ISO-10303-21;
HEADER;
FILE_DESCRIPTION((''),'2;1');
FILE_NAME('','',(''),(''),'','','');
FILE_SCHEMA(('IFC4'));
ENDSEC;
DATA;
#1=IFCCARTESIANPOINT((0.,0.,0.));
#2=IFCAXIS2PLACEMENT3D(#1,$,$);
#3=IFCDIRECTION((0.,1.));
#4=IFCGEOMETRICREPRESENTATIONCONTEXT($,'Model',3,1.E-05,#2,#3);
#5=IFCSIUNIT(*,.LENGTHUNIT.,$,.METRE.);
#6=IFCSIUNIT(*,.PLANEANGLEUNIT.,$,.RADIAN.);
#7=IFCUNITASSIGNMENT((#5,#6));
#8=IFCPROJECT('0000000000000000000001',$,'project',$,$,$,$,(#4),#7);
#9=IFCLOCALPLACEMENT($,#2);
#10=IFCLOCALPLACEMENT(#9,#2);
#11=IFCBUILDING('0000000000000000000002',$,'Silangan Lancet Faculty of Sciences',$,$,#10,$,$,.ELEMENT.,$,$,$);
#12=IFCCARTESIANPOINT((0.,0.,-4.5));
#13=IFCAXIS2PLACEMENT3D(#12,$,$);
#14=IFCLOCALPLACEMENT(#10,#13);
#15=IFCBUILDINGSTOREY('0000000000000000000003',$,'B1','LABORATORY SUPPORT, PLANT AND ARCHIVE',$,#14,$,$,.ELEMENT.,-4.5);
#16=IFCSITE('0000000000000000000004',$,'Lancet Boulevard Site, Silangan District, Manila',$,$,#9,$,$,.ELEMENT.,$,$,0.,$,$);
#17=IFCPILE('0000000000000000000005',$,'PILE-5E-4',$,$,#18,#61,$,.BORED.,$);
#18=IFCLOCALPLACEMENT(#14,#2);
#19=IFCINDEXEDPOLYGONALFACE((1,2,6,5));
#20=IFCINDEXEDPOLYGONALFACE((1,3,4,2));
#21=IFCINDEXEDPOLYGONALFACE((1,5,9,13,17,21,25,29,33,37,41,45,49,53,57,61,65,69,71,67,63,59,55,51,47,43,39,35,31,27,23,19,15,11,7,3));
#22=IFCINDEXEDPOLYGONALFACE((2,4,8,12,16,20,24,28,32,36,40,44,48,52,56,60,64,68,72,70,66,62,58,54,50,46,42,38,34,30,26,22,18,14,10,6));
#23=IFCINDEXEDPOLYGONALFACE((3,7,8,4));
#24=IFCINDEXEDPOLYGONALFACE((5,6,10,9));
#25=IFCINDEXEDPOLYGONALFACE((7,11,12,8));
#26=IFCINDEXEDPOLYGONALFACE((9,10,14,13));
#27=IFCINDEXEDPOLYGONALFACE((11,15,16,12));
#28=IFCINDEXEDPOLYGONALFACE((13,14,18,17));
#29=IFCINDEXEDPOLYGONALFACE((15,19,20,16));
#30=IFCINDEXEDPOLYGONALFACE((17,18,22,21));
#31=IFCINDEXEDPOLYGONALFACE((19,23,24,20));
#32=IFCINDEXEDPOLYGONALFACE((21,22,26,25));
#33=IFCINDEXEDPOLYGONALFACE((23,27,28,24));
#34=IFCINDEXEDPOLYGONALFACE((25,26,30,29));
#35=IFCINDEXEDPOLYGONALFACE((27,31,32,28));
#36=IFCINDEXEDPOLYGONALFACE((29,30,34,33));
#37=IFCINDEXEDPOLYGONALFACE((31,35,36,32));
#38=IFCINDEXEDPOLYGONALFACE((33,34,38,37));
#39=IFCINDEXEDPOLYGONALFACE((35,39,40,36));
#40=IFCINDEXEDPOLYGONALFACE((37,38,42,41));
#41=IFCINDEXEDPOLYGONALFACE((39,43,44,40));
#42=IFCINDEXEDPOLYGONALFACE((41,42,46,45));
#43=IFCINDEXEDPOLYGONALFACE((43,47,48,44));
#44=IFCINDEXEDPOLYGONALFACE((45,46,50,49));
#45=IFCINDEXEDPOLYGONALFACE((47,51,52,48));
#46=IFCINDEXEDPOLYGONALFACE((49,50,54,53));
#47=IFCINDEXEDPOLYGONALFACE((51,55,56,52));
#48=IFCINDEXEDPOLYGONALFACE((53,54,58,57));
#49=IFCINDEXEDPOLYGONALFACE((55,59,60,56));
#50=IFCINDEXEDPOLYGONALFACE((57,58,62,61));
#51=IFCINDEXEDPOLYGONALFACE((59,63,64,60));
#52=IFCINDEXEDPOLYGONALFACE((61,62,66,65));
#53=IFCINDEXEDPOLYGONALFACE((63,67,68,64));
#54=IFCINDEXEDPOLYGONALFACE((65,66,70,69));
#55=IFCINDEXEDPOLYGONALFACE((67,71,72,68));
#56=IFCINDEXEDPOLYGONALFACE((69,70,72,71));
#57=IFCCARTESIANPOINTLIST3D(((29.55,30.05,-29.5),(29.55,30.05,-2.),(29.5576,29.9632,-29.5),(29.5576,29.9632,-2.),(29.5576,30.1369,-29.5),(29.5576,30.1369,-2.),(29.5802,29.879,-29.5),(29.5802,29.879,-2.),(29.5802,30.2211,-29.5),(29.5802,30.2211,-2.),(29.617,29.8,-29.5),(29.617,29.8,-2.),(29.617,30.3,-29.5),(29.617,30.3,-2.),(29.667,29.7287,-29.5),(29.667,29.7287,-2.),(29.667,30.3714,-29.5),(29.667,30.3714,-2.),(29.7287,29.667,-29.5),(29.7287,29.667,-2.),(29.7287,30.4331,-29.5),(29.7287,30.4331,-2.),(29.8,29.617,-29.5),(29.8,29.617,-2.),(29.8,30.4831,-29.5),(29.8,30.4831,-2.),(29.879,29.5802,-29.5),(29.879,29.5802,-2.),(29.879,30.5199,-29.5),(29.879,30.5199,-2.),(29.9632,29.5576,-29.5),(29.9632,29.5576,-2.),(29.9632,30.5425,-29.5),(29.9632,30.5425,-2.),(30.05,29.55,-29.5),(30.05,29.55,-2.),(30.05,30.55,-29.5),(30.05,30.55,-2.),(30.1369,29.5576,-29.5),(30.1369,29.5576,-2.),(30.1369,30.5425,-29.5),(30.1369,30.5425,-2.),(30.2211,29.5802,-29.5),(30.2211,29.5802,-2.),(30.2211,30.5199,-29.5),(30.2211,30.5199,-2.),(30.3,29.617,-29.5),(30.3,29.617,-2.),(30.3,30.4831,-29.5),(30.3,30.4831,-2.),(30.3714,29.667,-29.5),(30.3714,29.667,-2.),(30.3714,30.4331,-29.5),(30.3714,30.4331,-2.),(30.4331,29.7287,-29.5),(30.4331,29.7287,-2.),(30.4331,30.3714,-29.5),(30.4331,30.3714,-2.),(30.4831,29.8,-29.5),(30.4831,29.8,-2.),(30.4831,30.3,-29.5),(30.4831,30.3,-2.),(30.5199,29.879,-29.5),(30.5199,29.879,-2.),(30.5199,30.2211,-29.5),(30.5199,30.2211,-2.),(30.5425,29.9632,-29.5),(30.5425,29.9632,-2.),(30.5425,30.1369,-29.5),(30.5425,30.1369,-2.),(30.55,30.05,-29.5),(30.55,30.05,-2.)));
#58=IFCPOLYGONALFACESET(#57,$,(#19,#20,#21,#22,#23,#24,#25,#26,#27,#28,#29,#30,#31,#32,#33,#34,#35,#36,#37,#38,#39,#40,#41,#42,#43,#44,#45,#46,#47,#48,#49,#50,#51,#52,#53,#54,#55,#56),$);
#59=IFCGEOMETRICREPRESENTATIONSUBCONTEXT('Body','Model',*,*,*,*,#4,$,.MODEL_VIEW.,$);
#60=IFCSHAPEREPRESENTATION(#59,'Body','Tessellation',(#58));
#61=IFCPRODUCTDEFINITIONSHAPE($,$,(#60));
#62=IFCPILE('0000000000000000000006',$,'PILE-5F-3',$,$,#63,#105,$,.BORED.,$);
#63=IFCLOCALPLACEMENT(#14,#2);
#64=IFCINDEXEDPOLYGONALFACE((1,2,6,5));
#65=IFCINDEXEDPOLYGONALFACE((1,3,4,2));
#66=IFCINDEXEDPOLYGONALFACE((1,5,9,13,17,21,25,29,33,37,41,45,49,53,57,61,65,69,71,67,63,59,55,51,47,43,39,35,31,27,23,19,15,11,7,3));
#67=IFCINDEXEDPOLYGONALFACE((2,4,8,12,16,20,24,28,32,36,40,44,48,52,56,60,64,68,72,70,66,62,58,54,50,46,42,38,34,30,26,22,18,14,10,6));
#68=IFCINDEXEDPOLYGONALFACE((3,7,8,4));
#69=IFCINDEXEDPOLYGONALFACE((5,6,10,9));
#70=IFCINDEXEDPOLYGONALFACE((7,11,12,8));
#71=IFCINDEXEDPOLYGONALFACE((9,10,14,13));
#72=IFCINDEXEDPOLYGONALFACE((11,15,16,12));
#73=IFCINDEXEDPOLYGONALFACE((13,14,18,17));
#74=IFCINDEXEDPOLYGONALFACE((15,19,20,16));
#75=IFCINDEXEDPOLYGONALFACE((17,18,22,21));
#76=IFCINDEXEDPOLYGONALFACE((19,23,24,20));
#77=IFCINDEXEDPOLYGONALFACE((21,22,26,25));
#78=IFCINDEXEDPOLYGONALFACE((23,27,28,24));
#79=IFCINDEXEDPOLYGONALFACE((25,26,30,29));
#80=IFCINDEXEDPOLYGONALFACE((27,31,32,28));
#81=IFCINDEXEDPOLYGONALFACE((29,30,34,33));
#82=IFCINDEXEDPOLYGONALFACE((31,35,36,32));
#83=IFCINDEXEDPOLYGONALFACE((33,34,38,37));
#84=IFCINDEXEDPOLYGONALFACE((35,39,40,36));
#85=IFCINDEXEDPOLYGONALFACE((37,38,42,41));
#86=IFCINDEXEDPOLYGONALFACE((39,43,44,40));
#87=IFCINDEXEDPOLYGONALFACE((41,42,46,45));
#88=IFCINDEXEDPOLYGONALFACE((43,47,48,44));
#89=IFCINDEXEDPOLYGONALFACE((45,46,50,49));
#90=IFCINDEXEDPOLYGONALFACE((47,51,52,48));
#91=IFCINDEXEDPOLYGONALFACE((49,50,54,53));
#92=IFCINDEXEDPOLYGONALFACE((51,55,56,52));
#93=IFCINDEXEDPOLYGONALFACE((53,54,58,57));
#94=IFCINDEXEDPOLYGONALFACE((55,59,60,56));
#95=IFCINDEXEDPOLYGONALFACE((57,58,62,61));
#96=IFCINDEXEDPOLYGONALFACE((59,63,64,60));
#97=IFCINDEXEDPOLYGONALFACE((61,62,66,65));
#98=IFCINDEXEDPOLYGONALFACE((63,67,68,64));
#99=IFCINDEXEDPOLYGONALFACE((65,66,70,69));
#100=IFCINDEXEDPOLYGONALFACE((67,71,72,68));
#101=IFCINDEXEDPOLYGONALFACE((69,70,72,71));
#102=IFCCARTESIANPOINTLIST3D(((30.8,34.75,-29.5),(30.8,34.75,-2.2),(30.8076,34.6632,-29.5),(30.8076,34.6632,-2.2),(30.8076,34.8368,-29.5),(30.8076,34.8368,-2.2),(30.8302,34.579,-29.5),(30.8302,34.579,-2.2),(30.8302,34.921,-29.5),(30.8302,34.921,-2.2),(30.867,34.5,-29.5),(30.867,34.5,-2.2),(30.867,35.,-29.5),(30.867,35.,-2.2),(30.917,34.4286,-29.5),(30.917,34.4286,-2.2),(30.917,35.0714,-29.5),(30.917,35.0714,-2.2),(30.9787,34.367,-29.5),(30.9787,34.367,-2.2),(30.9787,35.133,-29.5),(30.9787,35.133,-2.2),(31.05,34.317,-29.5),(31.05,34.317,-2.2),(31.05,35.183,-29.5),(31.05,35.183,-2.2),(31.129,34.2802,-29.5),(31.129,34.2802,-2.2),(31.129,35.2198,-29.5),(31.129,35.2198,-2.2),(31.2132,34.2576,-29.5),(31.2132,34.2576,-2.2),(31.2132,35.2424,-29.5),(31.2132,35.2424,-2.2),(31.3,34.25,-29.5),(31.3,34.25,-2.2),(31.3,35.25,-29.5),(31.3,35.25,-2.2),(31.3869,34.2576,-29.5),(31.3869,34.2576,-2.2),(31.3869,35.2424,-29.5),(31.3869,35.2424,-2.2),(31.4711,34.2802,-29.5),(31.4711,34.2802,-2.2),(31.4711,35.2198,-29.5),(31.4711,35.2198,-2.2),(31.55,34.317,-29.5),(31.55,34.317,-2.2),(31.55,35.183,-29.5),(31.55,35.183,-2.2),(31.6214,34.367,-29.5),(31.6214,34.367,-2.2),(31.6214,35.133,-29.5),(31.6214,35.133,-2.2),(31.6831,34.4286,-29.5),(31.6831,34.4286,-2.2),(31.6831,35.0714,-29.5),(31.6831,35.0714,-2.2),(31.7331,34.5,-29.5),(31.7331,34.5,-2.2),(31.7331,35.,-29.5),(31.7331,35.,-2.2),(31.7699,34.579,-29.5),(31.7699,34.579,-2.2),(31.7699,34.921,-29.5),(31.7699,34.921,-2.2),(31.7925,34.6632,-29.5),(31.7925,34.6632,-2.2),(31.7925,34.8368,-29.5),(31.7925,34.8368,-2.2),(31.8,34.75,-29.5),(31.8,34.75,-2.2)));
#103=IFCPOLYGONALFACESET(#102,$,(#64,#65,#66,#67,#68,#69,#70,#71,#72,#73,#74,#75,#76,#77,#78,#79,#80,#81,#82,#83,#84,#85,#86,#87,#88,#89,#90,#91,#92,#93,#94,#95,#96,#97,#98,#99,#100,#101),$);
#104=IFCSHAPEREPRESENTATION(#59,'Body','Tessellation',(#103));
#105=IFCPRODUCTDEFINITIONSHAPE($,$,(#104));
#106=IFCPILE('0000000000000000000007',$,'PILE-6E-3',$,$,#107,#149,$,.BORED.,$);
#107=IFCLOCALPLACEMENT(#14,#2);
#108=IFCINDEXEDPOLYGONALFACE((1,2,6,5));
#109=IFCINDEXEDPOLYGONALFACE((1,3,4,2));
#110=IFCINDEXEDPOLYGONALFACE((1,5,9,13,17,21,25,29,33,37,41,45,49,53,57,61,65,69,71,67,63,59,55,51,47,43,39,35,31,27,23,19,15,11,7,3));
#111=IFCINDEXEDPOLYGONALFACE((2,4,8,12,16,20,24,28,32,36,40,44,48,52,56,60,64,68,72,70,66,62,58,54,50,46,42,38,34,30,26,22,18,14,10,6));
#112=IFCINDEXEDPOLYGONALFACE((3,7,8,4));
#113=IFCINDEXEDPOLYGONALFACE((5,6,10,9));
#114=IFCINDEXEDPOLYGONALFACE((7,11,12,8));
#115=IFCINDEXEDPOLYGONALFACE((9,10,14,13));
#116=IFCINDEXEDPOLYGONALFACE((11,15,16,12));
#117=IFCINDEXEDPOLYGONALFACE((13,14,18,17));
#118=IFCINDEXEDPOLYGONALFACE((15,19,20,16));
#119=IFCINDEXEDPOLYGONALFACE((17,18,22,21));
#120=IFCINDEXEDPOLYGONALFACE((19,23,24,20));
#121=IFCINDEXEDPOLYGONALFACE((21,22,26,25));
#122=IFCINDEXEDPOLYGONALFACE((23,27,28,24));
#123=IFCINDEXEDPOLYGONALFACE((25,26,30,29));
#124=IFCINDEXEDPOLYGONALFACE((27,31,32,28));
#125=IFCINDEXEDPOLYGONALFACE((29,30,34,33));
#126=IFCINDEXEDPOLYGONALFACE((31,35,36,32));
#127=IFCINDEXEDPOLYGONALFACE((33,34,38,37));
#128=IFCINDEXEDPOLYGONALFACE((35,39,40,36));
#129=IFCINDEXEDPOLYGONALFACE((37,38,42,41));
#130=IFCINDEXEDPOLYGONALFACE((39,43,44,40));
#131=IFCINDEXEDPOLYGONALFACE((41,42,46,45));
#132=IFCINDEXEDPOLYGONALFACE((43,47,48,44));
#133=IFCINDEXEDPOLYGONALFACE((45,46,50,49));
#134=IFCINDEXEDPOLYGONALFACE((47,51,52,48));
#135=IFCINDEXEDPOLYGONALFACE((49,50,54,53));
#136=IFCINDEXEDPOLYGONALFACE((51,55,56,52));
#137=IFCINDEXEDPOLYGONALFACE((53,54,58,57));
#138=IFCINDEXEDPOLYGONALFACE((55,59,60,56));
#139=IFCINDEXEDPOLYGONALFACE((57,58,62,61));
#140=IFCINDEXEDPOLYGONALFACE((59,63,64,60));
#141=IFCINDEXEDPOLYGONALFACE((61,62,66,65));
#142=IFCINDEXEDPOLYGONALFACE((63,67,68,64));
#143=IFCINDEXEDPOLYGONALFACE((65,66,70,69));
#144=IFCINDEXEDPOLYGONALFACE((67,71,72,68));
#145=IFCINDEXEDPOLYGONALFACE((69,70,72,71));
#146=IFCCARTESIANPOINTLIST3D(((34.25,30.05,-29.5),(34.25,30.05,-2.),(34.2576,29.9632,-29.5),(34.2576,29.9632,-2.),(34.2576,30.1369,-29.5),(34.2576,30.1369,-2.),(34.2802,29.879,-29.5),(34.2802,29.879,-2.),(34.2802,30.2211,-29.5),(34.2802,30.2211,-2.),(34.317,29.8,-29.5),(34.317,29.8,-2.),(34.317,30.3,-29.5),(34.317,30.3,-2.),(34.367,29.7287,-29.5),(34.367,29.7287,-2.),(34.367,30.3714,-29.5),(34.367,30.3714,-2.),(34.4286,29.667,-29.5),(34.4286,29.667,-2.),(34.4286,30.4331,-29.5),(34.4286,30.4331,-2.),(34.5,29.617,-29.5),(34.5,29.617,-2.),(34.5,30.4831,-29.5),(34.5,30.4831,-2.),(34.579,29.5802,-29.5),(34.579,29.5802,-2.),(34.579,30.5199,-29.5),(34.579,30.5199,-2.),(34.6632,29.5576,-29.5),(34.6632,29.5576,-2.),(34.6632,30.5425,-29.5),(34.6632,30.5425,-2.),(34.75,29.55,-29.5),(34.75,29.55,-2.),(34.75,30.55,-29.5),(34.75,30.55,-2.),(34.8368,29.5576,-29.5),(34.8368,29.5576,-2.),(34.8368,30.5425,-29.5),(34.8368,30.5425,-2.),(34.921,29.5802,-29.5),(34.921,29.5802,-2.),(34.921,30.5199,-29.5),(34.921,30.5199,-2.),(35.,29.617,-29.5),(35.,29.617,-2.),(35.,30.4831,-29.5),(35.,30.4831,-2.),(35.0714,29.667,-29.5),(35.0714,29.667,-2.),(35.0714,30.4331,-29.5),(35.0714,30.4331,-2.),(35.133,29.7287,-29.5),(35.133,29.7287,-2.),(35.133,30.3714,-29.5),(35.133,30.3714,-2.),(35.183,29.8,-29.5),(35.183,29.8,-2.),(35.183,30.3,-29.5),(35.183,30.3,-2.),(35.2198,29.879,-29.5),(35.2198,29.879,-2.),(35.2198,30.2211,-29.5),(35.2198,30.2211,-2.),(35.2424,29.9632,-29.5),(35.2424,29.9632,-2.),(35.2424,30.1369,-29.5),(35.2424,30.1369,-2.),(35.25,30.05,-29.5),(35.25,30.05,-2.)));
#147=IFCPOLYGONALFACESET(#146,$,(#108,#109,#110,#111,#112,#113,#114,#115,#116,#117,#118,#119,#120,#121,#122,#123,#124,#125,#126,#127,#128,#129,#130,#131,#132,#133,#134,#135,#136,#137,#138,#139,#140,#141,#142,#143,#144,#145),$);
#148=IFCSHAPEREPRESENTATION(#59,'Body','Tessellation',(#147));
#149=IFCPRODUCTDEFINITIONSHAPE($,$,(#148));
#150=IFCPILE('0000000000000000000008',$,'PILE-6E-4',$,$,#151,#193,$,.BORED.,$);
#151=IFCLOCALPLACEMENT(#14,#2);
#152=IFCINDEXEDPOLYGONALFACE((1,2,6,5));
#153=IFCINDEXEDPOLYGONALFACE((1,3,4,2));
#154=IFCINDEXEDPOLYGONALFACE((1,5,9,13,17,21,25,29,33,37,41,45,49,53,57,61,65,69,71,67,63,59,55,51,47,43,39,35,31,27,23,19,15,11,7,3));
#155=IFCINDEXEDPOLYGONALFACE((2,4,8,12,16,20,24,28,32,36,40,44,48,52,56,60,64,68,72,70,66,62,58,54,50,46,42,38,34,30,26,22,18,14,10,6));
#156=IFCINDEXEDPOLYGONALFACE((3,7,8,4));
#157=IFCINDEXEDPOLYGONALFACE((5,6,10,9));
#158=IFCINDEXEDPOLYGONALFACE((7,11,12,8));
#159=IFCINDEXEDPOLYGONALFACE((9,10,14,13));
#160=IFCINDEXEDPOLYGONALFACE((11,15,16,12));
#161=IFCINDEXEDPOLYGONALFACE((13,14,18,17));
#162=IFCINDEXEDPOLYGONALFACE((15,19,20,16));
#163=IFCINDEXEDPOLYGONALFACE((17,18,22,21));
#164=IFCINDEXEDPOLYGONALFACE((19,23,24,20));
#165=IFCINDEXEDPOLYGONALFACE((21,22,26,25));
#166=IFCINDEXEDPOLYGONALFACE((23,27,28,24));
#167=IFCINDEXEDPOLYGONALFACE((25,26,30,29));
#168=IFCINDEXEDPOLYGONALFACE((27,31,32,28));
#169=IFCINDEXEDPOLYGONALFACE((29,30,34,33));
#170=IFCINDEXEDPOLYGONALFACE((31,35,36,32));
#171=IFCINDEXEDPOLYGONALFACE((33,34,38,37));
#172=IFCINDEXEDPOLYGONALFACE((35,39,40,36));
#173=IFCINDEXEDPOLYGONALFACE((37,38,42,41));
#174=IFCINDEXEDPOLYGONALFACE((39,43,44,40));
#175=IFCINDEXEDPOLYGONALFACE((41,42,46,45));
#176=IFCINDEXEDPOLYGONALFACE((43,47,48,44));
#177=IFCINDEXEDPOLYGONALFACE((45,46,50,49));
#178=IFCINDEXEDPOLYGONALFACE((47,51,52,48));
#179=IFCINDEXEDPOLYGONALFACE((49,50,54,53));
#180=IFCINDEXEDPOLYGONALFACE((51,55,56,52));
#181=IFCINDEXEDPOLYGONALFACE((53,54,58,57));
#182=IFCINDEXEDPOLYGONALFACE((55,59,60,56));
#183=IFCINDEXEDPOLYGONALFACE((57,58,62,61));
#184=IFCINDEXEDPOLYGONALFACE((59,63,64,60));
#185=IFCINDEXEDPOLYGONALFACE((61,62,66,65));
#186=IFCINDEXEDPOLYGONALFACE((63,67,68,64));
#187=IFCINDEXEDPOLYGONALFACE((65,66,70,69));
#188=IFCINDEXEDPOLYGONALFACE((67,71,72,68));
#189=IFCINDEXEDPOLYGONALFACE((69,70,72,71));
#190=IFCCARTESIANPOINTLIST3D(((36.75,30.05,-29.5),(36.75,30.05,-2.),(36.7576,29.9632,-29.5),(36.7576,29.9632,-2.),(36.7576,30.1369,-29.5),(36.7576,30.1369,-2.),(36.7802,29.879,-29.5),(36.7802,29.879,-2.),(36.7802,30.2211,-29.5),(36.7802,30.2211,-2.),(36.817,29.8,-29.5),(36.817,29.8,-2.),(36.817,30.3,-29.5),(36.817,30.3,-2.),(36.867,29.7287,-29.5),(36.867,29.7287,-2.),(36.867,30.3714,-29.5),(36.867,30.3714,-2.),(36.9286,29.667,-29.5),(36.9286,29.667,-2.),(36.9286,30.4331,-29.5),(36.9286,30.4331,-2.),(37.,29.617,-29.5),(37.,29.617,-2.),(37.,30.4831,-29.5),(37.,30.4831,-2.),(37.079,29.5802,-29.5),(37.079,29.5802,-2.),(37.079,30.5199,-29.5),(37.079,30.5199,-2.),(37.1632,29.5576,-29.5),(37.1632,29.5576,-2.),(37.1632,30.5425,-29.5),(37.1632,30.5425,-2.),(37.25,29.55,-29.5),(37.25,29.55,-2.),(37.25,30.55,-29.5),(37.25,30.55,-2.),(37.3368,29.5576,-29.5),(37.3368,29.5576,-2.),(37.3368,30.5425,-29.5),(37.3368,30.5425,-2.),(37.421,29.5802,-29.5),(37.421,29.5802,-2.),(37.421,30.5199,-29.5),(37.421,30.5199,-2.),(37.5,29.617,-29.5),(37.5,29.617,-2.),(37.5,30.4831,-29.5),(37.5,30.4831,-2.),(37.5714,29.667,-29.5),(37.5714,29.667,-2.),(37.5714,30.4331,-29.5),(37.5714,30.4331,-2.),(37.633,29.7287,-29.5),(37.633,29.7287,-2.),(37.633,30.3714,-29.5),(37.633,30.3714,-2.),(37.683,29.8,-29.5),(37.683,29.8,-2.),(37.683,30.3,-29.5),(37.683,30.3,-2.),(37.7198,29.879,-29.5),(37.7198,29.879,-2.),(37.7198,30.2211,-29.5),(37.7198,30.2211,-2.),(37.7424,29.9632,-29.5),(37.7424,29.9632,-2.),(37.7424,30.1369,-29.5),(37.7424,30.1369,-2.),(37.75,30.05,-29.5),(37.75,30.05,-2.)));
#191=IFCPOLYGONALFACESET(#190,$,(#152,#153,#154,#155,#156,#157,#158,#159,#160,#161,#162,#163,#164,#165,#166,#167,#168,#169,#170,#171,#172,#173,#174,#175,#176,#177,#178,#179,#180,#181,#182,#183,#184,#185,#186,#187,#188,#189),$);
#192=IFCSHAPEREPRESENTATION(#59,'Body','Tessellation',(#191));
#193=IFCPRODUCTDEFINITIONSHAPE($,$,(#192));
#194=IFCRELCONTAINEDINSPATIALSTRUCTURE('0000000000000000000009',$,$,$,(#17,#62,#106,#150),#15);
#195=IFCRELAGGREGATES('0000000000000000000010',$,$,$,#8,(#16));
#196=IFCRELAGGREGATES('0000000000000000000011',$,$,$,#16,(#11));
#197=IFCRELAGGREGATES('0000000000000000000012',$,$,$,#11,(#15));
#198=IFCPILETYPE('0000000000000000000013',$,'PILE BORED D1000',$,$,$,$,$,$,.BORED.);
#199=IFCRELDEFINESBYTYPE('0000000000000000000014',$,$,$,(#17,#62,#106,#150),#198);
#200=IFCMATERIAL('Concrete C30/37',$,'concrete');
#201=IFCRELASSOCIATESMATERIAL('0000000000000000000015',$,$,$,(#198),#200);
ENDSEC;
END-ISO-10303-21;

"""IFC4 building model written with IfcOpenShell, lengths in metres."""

from ifc_helpers import new_model, si_unit, direction, frame, origin, origin_2d, place, context, subcontext, project, spatial, circle, extrude, material, material_profile, profile_set, type_object, element, save


model = new_model("IFC4")

# Units and contexts
model_context = context("Model", 3, precision=1e-05, world=origin(), true_north=direction((0.0, 1.0)))
body_context = subcontext(model_context, "Body", "Model", "MODEL_VIEW")
ifc_project = project(units=[si_unit("LENGTHUNIT", "METRE"), si_unit("PLANEANGLEUNIT", "RADIAN")], contexts=[model_context])

# Site, building, storey
site_placement = place(None, origin())
site = spatial("IfcSite", under=ifc_project, at=site_placement, Name="Lancet Boulevard Site, Silangan District, Manila", CompositionType="ELEMENT", RefElevation=0.0)
building_placement = place(site_placement, origin())
building = spatial("IfcBuilding", under=site, at=building_placement, Name="Silangan Lancet Faculty of Sciences", CompositionType="ELEMENT")
storey_placement = place(building_placement, frame((0.0, 0.0, -4.5)))
storey = spatial("IfcBuildingStorey", under=building, at=storey_placement, Name="B1", Description="LABORATORY SUPPORT, PLANT AND ARCHIVE", CompositionType="ELEMENT", Elevation=-4.5)

# Piles
ifc_material_1 = material(Name="Concrete C30/37", Category="concrete")
ifc_material_profile_1 = material_profile(ifc_material_1, circle(Radius=0.5, at=origin_2d()), Name="BORED PILE D1000")
ifc_profile_set_1 = profile_set([ifc_material_profile_1], Name="Concrete C30/37")
pile_type = type_object("IfcPileType", Name="PILE BORED D1000", PredefinedType="BORED", material=ifc_profile_set_1)
pile_1_placement = place(storey_placement, frame((30.05, 30.05, -2.0), z_axis=(0.0, 0.0, -1.0), x_axis=(1.0, 0.0, 0.0)))
element("IfcPile", 1, at=pile_1_placement, inside=storey, type_object=pile_type, Name="PILE-5E-4", PredefinedType="BORED", context=body_context, shape_type="SweptSolid", body=[
    extrude(circle(Radius=0.5, at=origin_2d()), origin(), (0.0, 0.0, 1.0), 27.5),
])
pile_2_placement = place(storey_placement, frame((31.3, 34.75, -2.2), z_axis=(0.0, 0.0, -1.0), x_axis=(1.0, 0.0, 0.0)))
element("IfcPile", 2, at=pile_2_placement, inside=storey, type_object=pile_type, Name="PILE-5F-3", PredefinedType="BORED", context=body_context, shape_type="SweptSolid", body=[
    extrude(circle(Radius=0.5, at=origin_2d()), origin(), (0.0, 0.0, 1.0), 27.3),
])
for number, where, z_axis, x_axis, name in (
    (3, (34.75, 30.05, -2.0), (0.0, 0.0, -1.0), (1.0, 0.0, 0.0), "PILE-6E-3"),
    (4, (37.25, 30.05, -2.0), (0.0, 0.0, -1.0), (1.0, 0.0, 0.0), "PILE-6E-4"),
):
    element("IfcPile", number, at=place(storey_placement, frame(where, z_axis=z_axis, x_axis=x_axis)), inside=storey, type_object=pile_type, Name=name, PredefinedType="BORED", context=body_context, shape_type="SweptSolid", body=[
        extrude(circle(Radius=0.5, at=origin_2d()), origin(), (0.0, 0.0, 1.0), 27.5),
    ])

save(model, "model.ifc")
